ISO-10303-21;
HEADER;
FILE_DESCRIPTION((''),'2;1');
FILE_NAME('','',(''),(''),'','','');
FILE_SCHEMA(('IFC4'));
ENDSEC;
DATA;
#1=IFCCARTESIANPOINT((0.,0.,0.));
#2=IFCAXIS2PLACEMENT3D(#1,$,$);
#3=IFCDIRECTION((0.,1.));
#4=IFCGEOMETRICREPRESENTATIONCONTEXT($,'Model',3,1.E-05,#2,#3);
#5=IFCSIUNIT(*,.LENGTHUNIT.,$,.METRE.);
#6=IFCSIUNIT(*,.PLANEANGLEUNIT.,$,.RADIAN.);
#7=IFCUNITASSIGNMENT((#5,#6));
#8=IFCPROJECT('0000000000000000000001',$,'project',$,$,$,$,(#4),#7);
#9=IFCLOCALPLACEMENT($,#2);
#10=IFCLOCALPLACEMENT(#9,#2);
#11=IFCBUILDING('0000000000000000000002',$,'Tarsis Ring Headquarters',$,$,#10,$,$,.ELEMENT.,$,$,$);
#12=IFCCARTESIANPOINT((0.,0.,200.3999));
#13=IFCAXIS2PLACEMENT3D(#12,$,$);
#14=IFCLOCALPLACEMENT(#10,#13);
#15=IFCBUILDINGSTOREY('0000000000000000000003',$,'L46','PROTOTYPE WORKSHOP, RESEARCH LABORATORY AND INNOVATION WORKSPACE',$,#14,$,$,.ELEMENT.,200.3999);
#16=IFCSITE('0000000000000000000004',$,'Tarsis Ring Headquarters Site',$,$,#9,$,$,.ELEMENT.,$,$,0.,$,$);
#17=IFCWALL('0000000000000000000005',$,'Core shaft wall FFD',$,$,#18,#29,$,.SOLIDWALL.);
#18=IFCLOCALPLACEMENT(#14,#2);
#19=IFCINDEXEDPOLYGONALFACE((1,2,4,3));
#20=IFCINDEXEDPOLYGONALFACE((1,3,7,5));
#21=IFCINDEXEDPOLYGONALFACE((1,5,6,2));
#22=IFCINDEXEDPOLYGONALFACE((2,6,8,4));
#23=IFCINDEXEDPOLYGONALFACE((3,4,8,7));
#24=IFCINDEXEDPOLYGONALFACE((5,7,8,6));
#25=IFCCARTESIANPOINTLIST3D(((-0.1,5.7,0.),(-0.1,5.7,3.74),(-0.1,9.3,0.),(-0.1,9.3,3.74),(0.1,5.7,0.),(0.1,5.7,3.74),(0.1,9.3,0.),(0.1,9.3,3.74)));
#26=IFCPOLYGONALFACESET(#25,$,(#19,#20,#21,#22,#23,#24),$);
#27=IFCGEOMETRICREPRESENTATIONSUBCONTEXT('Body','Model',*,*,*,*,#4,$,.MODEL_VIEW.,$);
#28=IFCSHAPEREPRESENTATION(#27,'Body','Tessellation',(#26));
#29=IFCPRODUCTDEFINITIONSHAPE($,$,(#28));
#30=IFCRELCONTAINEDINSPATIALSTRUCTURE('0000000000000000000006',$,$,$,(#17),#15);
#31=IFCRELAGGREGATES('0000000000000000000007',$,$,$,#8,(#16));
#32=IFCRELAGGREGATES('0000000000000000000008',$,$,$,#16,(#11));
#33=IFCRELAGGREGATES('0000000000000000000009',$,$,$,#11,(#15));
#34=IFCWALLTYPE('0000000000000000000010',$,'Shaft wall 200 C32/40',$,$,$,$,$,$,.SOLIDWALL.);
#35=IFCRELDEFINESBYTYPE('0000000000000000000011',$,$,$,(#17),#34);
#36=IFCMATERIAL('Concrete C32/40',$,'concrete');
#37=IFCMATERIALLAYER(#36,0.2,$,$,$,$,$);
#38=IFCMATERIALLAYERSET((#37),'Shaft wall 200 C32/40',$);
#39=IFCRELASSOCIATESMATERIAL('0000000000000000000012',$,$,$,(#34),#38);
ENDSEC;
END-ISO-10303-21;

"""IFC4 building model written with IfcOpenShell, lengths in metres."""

from ifc_helpers import new_model, si_unit, direction, frame, frame_2d, origin, place, context, subcontext, project, spatial, rectangle, extrude, material, layer, layer_set, type_object, element, save


model = new_model("IFC4")

# Units and contexts
model_context = context("Model", 3, precision=1e-05, world=origin(), true_north=direction((0.0, 1.0)))
body_context = subcontext(model_context, "Body", "Model", "MODEL_VIEW")
ifc_project = project(units=[si_unit("LENGTHUNIT", "METRE"), si_unit("PLANEANGLEUNIT", "RADIAN")], contexts=[model_context])

# Site, building, storey
site_placement = place(None, origin())
site = spatial("IfcSite", under=ifc_project, at=site_placement, Name="Tarsis Ring Headquarters Site", CompositionType="ELEMENT", RefElevation=0.0)
building_placement = place(site_placement, origin())
building = spatial("IfcBuilding", under=site, at=building_placement, Name="Tarsis Ring Headquarters", CompositionType="ELEMENT")
storey_placement = place(building_placement, frame((0.0, 0.0, 200.3999)))
storey = spatial("IfcBuildingStorey", under=building, at=storey_placement, Name="L46", Description="PROTOTYPE WORKSHOP, RESEARCH LABORATORY AND INNOVATION WORKSPACE", CompositionType="ELEMENT", Elevation=200.3999)

# Shared definitions
ifc_material_1 = material(Name="Concrete C32/40", Category="concrete")
ifc_layer_1 = layer(ifc_material_1, 0.2)
ifc_layer_set_1 = layer_set([ifc_layer_1], Name="Shaft wall 200 C32/40")
wall_type = type_object("IfcWallType", Name="Shaft wall 200 C32/40", PredefinedType="SOLIDWALL", material=ifc_layer_set_1)

# Wall
wall_1_placement = place(storey_placement, frame((0.0, 5.7, 0.0), z_axis=(0.0, 0.0, 1.0), x_axis=(0.0, 1.0, 0.0)))
element("IfcWall", 1, at=wall_1_placement, inside=storey, type_object=wall_type, Name="Core shaft wall FFD", PredefinedType="SOLIDWALL", context=body_context, shape_type="SweptSolid", body=[
    extrude(rectangle(XDim=3.6001, YDim=0.2, at=frame_2d((1.8, 0.0))), origin(), (0.0, 0.0, 1.0), 3.74),
])

save(model, "model.ifc")
